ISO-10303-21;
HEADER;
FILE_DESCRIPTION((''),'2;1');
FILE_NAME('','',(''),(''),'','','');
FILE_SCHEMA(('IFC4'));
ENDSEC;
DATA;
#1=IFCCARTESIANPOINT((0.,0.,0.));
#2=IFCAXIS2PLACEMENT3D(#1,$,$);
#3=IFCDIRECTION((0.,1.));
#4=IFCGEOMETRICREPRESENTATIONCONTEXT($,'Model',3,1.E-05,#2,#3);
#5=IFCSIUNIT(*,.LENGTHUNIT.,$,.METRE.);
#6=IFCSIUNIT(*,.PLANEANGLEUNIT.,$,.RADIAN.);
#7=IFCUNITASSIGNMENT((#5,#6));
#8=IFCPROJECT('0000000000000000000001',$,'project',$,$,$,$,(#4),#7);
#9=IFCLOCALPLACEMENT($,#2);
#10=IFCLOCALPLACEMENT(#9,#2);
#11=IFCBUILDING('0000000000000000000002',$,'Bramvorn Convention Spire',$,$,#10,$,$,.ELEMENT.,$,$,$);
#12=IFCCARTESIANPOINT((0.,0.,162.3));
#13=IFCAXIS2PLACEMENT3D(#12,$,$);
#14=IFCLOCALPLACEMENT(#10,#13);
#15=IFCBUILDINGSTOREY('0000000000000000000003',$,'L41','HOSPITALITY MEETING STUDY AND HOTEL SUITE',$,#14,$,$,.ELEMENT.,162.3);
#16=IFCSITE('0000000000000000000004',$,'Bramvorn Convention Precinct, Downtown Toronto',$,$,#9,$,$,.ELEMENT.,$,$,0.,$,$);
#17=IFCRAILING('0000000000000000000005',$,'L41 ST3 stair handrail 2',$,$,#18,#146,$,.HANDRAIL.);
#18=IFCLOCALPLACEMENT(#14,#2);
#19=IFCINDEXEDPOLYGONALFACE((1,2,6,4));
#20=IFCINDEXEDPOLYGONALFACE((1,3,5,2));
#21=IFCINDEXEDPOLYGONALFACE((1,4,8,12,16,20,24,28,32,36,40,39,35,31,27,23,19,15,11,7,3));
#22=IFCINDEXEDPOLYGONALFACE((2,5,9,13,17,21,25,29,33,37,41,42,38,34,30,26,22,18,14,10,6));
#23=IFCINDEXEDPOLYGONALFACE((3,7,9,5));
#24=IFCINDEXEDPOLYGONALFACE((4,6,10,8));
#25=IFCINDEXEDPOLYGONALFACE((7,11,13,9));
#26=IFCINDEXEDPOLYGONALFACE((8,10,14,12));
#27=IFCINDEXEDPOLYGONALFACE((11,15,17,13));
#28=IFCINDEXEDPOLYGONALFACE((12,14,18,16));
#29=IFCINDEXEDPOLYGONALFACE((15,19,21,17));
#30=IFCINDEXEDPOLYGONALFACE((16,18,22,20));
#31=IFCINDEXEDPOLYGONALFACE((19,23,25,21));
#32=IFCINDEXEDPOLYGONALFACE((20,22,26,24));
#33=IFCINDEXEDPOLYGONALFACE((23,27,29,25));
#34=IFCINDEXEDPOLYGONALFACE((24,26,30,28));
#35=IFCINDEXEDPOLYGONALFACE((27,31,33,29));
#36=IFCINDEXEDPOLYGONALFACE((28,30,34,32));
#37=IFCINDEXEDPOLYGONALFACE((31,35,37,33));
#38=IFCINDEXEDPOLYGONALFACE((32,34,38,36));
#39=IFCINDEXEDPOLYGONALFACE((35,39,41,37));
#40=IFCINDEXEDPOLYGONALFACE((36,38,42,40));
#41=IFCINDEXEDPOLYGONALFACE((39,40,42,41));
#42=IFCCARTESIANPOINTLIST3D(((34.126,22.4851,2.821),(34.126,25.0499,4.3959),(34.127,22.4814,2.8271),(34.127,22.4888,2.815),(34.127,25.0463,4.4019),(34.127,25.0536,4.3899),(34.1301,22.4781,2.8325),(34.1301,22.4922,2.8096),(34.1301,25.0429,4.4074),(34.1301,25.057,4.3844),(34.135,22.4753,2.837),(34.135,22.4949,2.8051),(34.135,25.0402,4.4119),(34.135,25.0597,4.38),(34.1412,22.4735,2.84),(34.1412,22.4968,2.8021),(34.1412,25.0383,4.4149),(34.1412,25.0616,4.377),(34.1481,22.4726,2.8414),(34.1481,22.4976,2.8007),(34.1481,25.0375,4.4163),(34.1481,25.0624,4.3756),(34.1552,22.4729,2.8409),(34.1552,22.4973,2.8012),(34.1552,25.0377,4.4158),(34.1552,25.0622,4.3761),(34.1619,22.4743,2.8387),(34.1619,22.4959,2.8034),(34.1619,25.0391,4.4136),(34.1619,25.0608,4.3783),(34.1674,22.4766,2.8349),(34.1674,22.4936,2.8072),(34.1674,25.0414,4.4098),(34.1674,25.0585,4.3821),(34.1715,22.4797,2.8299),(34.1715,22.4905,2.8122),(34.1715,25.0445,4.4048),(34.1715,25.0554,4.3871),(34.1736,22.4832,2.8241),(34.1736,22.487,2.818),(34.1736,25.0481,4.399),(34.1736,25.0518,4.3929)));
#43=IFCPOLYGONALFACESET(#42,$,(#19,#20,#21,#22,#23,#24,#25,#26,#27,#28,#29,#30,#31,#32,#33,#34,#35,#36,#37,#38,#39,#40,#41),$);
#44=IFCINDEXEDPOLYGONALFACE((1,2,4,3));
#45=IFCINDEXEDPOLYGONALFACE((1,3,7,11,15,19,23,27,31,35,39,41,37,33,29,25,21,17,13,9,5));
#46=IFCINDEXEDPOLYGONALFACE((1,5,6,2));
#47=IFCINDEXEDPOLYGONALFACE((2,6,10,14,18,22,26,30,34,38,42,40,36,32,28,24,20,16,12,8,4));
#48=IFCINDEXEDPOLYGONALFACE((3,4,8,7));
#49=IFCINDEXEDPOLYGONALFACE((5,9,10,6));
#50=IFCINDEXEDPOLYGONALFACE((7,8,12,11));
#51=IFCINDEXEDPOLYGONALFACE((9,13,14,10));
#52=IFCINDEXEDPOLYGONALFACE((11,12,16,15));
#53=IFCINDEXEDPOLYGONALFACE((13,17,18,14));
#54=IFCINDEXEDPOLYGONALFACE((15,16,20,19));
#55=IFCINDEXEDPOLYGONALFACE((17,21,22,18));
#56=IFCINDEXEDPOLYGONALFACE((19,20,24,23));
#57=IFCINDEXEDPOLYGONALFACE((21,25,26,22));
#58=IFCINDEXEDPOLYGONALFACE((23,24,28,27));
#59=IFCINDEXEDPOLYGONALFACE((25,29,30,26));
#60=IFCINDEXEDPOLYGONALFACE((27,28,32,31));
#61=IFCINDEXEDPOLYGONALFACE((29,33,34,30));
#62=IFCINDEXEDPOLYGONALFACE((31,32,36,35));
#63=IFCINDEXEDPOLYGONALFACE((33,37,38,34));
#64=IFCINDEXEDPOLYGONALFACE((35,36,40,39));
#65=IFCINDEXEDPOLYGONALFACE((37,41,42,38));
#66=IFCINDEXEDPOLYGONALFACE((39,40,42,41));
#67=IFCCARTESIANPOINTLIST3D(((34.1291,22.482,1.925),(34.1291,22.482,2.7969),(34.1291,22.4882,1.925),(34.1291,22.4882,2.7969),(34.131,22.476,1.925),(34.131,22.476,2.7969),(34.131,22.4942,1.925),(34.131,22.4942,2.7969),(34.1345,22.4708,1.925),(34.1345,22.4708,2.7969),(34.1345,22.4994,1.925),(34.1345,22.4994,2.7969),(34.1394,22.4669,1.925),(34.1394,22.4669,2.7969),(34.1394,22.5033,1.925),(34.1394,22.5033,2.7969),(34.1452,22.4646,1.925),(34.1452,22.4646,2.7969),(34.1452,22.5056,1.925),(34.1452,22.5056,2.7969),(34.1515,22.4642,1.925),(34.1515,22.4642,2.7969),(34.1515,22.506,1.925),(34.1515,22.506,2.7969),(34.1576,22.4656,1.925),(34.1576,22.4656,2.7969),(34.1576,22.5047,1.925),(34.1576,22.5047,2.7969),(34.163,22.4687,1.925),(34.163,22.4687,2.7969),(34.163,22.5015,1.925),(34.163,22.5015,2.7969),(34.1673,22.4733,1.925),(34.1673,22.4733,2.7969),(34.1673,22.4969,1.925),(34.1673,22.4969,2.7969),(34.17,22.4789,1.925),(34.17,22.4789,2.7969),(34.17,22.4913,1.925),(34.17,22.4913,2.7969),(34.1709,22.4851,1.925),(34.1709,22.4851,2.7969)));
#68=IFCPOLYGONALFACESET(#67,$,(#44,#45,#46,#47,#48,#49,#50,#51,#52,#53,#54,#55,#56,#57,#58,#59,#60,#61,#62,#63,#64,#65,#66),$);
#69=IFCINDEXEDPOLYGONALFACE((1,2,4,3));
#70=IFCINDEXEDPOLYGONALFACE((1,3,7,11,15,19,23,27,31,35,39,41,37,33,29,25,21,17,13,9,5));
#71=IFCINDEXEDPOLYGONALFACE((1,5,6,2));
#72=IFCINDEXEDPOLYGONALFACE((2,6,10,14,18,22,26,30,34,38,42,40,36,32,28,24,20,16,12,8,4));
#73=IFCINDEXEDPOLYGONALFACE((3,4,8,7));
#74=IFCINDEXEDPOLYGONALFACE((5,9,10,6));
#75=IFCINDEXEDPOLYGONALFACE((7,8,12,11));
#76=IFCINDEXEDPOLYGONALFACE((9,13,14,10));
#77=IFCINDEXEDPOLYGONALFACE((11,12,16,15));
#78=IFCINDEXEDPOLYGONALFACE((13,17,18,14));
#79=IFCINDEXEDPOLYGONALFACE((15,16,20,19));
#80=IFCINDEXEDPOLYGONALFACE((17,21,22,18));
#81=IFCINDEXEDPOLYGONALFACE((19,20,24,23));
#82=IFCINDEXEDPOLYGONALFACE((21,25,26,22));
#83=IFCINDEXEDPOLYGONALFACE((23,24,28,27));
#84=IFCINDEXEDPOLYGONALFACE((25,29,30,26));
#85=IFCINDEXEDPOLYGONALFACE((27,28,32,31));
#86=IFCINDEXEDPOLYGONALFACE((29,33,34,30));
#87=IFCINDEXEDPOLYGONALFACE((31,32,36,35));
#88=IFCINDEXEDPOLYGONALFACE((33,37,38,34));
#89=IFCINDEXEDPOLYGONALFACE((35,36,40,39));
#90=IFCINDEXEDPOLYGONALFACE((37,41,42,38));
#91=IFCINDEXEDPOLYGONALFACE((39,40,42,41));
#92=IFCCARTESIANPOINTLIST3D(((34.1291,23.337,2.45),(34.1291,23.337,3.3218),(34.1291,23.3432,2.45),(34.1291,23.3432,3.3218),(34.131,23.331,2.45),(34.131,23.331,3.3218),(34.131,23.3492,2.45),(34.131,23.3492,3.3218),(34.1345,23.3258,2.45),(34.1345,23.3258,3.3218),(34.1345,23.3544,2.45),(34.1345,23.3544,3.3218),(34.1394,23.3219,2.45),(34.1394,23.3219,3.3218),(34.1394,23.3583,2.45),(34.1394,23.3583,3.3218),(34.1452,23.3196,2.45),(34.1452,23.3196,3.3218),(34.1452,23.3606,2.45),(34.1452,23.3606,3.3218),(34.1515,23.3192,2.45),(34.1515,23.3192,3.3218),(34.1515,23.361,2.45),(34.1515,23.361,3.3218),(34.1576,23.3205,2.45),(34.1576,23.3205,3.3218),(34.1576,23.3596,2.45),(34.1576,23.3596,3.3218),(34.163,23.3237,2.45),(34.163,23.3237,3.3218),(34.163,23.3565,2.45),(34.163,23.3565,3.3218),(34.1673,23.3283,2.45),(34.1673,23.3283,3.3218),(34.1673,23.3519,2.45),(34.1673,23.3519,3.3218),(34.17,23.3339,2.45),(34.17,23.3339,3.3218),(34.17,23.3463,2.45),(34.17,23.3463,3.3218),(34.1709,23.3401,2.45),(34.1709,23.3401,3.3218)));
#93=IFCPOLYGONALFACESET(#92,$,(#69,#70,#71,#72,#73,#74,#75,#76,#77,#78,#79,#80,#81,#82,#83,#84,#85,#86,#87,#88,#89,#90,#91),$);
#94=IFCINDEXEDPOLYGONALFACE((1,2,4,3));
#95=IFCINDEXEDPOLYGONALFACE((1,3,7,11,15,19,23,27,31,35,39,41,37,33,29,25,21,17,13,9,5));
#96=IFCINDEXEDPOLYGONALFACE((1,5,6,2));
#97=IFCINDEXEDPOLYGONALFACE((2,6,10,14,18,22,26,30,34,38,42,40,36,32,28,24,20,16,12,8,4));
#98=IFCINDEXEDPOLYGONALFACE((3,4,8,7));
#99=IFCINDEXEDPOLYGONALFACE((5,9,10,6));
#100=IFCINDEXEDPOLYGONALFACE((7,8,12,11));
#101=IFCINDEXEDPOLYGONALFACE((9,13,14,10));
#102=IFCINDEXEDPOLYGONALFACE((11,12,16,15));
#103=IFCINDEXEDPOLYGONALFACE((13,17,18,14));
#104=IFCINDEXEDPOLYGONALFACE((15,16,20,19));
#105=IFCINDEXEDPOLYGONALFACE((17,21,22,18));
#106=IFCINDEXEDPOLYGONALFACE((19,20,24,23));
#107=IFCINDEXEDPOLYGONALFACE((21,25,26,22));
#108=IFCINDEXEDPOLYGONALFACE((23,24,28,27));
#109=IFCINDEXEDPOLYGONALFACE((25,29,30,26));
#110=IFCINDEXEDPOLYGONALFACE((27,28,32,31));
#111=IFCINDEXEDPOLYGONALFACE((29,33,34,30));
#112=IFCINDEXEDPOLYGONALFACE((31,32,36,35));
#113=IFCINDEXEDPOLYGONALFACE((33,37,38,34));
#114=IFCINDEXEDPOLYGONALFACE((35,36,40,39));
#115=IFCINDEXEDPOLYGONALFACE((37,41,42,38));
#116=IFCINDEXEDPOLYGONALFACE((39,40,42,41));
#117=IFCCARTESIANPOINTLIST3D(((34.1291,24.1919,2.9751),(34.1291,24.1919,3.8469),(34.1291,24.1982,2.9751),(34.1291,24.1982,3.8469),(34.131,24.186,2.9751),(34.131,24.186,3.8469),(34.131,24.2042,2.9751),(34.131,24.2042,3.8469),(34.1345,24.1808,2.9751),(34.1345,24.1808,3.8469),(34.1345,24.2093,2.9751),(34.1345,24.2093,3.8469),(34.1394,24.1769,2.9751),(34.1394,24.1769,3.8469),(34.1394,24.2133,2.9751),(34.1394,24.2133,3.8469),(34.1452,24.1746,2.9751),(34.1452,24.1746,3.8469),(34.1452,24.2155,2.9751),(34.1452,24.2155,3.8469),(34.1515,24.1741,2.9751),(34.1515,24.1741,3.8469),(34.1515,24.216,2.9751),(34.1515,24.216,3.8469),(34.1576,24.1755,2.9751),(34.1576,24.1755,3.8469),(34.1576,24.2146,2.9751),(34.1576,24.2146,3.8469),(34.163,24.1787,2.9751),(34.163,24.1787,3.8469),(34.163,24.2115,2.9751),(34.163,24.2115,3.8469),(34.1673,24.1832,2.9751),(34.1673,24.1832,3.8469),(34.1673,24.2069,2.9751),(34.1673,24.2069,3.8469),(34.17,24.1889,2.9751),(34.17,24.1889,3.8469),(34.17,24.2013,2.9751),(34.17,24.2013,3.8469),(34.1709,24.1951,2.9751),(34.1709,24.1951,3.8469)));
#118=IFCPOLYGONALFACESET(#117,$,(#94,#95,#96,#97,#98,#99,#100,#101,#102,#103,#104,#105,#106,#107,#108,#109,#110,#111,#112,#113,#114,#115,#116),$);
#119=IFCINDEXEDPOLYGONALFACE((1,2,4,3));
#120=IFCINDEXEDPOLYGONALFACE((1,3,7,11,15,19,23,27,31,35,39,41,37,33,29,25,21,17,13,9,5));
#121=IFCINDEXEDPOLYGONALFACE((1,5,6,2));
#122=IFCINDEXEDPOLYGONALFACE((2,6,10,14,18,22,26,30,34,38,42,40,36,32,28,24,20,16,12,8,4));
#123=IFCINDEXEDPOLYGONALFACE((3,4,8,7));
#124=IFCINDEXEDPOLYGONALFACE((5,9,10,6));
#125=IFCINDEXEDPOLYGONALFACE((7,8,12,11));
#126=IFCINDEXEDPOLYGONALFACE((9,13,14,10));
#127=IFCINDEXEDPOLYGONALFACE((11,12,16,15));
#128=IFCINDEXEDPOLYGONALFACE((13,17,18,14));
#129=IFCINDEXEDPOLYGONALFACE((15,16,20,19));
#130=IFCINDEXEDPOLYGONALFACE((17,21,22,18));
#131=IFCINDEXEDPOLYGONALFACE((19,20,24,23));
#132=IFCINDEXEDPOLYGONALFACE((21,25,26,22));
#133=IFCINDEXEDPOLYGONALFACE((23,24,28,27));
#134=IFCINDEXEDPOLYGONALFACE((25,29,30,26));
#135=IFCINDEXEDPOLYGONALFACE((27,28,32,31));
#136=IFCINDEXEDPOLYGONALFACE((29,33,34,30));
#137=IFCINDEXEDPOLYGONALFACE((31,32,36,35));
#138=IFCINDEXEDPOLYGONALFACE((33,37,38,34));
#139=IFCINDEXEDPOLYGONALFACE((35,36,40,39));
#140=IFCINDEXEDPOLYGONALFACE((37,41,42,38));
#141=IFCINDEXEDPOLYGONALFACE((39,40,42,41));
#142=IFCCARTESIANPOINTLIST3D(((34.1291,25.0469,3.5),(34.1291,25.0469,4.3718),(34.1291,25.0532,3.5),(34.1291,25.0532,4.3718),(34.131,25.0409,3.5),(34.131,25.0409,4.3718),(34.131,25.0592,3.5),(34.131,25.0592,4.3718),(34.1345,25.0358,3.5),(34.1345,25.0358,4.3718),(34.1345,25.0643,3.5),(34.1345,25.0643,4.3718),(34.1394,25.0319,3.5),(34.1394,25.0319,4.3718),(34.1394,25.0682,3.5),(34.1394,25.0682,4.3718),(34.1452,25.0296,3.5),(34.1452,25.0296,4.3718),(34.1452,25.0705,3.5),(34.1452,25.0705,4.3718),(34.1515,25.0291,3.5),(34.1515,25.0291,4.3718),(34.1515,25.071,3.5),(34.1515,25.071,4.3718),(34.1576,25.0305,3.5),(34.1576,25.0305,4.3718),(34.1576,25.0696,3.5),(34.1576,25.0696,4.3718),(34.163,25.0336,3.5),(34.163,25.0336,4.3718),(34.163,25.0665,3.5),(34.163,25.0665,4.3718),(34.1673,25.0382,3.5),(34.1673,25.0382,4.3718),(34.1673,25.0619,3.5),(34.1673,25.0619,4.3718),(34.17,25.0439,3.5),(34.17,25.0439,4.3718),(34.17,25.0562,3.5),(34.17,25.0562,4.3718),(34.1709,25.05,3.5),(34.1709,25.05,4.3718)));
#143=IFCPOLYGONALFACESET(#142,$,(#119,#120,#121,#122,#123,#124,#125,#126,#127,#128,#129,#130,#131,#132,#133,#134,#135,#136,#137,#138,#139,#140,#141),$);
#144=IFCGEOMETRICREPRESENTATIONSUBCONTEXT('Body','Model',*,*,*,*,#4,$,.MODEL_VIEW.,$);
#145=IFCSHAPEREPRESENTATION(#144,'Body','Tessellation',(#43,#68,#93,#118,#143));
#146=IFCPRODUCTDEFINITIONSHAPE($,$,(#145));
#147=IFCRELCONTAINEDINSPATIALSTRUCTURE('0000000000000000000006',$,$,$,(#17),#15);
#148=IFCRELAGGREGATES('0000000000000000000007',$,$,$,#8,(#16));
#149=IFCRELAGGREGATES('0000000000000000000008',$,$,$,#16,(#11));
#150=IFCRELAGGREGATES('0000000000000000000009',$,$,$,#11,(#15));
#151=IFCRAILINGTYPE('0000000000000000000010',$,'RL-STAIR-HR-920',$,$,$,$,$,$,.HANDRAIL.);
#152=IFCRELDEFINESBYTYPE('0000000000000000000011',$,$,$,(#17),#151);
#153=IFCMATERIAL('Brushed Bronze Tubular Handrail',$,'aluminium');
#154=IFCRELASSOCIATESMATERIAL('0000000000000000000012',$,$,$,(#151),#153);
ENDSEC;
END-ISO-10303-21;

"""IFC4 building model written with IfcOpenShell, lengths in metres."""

from ifc_helpers import new_model, si_unit, direction, frame, origin, origin_2d, place, context, subcontext, project, spatial, circle, extrude, material, type_object, element, save


model = new_model("IFC4")

# Units and contexts
model_context = context("Model", 3, precision=1e-05, world=origin(), true_north=direction((0.0, 1.0)))
body_context = subcontext(model_context, "Body", "Model", "MODEL_VIEW")
ifc_project = project(units=[si_unit("LENGTHUNIT", "METRE"), si_unit("PLANEANGLEUNIT", "RADIAN")], contexts=[model_context])

# Site, building, storey
site_placement = place(None, origin())
site = spatial("IfcSite", under=ifc_project, at=site_placement, Name="Bramvorn Convention Precinct, Downtown Toronto", CompositionType="ELEMENT", RefElevation=0.0)
building_placement = place(site_placement, origin())
building = spatial("IfcBuilding", under=site, at=building_placement, Name="Bramvorn Convention Spire", CompositionType="ELEMENT")
storey_placement = place(building_placement, frame((0.0, 0.0, 162.3)))
storey = spatial("IfcBuildingStorey", under=building, at=storey_placement, Name="L41", Description="HOSPITALITY MEETING STUDY AND HOTEL SUITE", CompositionType="ELEMENT", Elevation=162.3)

# Railing
ifc_material_1 = material(Name="Brushed Bronze Tubular Handrail", Category="aluminium")
railing_type_1 = type_object("IfcRailingType", Name="RL-STAIR-HR-920", PredefinedType="HANDRAIL", material=ifc_material_1)
railing_1_placement = place(storey_placement, frame((34.1499, 22.4851, 1.925)))
element("IfcRailing", 1, at=railing_1_placement, inside=storey, type_object=railing_type_1, Name="L41 ST3 stair handrail 2", PredefinedType="HANDRAIL", context=body_context, shape_type="SweptSolid", body=[
    extrude(circle(Radius=0.0239, at=origin_2d()), frame((0.0, 0.0, 0.896), z_axis=(0.0, 0.852173, 0.52326), x_axis=(-1.0, 0.0, 0.0)), (0.0, 0.0, 1.0), 3.0098),
    extrude(circle(Radius=0.021, at=origin_2d()), origin(), (0.0, 0.0, 1.0), 0.8718),
    extrude(circle(Radius=0.021, at=origin_2d()), frame((0.0, 0.855, 0.5249)), (0.0, 0.0, 1.0), 0.8718),
    extrude(circle(Radius=0.021, at=origin_2d()), frame((0.0, 1.71, 1.05)), (0.0, 0.0, 1.0), 0.8718),
    extrude(circle(Radius=0.021, at=origin_2d()), frame((0.0, 2.5649, 1.575)), (0.0, 0.0, 1.0), 0.8718),
])

save(model, "model.ifc")
